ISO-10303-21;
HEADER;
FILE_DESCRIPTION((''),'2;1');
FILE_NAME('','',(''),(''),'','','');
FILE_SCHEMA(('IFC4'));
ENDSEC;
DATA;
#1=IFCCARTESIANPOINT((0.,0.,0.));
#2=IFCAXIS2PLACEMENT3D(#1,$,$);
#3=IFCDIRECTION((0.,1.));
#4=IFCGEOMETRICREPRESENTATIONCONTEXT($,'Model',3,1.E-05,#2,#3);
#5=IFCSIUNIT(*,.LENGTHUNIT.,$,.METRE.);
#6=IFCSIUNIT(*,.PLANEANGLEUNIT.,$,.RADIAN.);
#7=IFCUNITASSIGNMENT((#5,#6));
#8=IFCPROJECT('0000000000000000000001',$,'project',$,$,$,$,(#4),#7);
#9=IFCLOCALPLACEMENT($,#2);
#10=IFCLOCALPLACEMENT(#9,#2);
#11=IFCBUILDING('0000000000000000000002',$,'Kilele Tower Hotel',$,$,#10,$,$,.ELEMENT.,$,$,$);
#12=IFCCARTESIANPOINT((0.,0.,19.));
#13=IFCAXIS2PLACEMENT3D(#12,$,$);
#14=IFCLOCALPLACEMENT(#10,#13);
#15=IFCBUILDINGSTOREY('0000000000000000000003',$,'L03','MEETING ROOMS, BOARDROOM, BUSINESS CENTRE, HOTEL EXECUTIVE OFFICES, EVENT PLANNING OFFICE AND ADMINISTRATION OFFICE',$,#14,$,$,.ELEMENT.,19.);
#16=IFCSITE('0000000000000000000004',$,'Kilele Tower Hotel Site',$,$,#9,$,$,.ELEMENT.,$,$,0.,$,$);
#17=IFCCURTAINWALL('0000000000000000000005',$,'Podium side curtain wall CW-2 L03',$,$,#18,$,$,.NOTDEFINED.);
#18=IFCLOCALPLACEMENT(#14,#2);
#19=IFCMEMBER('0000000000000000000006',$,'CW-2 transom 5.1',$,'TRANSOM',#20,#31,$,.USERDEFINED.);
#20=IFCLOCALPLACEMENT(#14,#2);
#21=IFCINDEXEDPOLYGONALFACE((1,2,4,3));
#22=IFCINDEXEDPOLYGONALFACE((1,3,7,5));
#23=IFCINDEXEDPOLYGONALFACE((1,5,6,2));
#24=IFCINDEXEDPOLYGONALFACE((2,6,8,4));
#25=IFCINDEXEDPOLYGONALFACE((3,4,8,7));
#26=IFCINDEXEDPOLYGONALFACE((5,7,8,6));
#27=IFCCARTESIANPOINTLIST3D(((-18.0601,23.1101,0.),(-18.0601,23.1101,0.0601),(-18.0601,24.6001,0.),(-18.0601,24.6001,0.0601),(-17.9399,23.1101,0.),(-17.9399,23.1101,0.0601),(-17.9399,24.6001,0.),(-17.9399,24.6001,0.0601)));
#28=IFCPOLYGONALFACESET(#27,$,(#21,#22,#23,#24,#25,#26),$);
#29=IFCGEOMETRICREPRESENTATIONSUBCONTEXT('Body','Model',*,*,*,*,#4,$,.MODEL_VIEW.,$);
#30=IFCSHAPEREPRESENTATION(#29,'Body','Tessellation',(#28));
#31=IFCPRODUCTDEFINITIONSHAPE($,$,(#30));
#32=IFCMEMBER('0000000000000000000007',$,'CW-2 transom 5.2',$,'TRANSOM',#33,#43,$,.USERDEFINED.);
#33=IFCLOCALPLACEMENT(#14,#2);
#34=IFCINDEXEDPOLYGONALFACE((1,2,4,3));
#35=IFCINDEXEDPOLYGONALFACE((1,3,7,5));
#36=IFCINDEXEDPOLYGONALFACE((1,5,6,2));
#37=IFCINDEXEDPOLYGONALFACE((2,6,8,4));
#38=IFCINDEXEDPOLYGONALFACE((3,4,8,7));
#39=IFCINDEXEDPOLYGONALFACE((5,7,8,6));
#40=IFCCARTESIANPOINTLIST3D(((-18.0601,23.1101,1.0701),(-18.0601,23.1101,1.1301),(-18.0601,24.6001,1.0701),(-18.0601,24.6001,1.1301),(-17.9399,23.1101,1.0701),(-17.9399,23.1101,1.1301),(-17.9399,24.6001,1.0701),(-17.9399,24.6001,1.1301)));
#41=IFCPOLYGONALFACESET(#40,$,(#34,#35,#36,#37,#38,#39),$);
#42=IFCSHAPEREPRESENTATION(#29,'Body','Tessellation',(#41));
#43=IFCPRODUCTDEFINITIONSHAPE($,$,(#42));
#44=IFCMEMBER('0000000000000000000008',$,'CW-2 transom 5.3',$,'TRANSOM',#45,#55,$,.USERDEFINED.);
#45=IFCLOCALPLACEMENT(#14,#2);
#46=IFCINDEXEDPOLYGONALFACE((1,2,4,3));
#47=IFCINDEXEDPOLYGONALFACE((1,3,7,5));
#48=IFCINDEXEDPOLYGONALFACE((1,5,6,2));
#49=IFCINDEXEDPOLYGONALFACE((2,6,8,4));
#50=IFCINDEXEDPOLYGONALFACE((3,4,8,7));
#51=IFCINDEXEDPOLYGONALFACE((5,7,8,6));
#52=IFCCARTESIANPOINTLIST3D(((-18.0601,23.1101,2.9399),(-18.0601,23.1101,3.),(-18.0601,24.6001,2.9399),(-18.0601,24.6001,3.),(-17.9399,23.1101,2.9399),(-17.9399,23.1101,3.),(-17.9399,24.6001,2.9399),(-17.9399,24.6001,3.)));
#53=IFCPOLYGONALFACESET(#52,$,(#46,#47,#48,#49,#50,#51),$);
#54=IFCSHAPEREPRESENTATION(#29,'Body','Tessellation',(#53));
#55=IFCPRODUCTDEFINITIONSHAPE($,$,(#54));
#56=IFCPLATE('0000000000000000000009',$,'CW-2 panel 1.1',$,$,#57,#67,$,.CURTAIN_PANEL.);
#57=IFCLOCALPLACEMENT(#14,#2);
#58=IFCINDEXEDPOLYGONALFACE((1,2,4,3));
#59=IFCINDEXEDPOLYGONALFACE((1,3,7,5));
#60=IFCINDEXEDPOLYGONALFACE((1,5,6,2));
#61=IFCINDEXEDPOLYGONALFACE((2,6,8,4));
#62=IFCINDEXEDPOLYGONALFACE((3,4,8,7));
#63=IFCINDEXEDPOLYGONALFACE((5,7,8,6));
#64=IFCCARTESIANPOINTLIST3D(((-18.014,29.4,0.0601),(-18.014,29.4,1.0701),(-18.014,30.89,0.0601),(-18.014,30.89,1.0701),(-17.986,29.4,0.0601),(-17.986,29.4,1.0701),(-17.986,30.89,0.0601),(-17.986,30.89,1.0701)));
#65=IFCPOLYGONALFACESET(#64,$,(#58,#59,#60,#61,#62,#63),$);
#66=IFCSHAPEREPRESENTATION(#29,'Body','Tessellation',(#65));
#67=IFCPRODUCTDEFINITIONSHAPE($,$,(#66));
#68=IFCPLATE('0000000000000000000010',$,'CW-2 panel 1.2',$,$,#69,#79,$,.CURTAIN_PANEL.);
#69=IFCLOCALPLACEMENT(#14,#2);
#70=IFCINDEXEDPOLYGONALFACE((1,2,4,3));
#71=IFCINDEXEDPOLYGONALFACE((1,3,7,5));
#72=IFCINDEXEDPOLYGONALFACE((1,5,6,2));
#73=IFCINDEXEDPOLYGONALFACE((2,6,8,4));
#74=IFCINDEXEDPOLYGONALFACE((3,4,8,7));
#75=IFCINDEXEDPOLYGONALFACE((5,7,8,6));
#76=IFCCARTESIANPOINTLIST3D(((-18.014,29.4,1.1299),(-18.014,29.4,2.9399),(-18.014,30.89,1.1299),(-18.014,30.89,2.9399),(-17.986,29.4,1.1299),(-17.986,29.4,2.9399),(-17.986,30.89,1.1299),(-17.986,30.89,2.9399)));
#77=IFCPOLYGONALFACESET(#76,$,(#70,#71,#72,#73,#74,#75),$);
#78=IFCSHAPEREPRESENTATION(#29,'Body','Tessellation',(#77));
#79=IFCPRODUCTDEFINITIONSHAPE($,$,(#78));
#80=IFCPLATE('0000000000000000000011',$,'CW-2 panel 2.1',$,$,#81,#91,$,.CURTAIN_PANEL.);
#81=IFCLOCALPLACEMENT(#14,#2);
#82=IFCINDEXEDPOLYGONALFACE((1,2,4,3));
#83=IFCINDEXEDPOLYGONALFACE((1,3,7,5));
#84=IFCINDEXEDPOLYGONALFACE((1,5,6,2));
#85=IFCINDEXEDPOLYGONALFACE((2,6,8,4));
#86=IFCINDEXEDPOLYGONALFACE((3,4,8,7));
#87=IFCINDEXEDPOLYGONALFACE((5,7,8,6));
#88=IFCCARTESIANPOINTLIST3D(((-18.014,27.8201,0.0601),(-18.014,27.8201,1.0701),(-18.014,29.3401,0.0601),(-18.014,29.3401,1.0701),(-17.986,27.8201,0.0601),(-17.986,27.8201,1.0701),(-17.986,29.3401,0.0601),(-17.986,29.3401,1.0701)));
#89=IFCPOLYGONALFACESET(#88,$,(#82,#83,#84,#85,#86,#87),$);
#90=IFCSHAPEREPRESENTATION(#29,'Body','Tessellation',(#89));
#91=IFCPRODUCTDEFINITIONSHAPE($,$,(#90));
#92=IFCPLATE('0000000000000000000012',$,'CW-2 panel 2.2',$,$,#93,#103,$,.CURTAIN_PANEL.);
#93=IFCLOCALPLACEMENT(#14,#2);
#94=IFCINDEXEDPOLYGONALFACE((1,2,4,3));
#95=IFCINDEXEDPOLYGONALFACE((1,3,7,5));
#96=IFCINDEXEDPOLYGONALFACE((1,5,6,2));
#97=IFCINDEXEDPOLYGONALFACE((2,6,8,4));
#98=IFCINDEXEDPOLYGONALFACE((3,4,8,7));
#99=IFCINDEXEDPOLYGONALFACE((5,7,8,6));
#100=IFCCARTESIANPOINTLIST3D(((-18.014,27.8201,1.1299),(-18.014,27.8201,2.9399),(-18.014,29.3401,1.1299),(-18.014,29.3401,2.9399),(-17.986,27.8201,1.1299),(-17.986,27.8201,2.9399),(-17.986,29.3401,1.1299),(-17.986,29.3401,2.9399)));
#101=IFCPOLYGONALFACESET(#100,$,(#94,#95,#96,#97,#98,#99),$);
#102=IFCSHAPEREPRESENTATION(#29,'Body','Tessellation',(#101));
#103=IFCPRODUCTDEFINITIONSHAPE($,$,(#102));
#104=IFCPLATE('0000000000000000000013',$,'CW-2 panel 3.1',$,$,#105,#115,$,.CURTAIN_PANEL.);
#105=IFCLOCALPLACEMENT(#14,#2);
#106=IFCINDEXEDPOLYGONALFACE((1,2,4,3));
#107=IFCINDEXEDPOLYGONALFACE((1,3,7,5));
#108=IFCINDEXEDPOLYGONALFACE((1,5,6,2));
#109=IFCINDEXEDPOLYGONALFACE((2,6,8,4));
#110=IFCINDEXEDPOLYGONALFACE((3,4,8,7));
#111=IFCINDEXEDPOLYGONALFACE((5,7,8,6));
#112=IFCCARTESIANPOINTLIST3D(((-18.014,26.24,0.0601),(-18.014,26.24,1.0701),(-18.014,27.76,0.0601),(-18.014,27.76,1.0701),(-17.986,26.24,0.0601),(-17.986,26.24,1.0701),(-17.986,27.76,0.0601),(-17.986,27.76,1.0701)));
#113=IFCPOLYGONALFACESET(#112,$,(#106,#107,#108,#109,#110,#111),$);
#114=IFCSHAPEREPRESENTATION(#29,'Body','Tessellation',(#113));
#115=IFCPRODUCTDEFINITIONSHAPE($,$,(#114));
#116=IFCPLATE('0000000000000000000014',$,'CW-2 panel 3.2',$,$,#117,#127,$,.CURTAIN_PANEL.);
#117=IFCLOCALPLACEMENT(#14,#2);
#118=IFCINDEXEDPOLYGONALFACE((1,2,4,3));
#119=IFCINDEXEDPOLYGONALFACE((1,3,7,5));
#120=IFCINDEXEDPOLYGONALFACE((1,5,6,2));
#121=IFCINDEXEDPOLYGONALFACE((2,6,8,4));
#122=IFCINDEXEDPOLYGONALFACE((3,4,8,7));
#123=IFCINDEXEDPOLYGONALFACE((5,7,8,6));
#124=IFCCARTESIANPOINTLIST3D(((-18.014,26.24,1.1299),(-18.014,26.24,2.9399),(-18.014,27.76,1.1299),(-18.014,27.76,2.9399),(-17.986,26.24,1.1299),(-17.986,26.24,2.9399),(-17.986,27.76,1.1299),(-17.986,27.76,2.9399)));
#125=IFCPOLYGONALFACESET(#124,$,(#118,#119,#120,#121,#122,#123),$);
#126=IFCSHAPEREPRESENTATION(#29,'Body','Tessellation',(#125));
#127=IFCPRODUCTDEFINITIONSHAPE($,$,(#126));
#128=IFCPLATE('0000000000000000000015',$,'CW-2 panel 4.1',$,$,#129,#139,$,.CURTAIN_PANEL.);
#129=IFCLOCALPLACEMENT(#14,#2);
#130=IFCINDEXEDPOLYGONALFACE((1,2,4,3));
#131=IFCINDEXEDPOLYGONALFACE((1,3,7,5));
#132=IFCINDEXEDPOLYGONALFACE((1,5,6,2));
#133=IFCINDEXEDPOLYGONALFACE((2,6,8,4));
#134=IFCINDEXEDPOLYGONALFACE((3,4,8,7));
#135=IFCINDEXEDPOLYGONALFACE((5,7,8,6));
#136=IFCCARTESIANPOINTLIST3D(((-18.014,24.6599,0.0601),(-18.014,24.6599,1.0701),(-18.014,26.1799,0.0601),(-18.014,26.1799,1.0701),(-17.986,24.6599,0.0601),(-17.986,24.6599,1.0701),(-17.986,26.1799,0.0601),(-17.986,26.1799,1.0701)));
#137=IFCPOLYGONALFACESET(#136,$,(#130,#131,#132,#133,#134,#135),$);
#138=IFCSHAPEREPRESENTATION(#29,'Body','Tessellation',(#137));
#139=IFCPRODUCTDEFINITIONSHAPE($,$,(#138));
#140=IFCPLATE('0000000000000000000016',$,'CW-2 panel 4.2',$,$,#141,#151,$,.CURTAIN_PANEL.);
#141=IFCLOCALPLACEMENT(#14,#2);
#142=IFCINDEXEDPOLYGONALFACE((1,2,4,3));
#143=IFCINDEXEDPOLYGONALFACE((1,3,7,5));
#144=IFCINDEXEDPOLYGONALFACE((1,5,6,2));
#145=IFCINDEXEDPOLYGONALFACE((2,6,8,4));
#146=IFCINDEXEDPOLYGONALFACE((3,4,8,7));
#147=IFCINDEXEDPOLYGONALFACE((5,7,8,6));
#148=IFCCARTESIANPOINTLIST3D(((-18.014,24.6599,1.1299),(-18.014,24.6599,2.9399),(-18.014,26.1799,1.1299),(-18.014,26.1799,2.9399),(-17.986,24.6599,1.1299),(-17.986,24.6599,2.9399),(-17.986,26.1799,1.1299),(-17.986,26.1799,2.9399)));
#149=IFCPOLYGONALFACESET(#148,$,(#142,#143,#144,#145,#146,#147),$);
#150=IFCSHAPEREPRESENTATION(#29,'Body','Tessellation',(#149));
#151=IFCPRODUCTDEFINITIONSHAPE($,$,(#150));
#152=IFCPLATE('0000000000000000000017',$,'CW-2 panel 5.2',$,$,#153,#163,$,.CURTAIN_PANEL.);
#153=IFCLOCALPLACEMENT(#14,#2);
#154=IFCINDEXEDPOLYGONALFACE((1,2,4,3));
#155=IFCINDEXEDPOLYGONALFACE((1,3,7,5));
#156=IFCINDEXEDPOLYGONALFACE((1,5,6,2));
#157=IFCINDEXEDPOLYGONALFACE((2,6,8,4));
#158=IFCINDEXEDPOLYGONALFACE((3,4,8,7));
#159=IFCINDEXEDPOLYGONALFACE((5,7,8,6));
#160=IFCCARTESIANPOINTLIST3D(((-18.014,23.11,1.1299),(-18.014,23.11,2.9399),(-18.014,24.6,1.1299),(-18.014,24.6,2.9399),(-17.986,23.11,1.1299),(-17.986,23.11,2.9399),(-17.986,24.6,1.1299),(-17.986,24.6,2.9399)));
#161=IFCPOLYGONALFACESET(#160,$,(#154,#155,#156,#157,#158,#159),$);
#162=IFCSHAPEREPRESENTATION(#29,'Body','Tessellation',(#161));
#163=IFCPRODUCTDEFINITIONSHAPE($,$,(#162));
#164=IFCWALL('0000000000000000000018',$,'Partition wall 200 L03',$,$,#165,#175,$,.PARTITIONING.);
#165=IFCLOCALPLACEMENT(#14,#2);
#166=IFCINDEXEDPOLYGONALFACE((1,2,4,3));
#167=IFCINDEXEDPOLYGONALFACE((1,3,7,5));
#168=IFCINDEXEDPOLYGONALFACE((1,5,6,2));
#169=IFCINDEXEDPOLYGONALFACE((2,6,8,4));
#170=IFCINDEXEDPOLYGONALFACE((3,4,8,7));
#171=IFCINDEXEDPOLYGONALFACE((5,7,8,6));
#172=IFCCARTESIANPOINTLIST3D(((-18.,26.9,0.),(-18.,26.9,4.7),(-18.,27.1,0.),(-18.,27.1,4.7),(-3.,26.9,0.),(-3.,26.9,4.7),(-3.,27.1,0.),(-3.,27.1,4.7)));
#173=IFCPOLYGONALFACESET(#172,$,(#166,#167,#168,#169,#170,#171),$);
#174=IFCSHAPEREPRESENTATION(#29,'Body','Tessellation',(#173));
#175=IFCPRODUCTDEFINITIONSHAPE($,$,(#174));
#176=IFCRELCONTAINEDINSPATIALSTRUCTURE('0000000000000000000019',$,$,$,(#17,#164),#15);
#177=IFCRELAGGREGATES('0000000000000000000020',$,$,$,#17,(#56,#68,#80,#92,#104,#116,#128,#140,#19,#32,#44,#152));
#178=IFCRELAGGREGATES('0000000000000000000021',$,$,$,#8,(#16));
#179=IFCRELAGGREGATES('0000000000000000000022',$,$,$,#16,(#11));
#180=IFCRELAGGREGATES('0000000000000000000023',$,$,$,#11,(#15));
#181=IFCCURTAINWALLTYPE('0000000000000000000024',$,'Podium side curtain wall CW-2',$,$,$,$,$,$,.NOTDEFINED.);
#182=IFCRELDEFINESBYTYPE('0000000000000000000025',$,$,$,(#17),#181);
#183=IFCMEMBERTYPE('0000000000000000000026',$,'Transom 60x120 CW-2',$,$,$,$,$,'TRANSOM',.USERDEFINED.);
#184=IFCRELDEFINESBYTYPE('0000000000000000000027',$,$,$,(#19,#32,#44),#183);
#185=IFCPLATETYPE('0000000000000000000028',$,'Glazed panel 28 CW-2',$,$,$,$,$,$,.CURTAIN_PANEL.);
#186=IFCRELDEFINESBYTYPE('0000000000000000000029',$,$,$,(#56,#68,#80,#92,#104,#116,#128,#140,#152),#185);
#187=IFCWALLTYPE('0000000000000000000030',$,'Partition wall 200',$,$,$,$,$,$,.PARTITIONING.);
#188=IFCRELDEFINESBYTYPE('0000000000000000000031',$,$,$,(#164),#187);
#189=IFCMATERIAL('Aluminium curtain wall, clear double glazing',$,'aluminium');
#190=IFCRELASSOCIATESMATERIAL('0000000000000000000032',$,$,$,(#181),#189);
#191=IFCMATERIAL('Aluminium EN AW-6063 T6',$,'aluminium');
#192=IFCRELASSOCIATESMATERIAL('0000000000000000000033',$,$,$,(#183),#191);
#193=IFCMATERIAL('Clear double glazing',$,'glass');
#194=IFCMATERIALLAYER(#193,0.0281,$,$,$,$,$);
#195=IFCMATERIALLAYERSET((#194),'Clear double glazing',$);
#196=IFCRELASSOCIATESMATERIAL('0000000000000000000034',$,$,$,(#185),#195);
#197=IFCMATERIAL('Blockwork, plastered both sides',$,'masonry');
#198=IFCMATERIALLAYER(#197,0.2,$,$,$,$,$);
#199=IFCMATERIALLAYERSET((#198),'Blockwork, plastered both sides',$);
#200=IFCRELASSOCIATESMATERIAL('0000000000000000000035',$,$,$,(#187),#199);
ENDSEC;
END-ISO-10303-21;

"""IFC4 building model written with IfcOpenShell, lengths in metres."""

from ifc_helpers import new_model, si_unit, direction, frame, frame_2d, origin, origin_2d, place, context, subcontext, project, spatial, rectangle, extrude, material, layer, layer_set, material_profile, profile_set, type_object, element, aggregate, save


model = new_model("IFC4")

# Units and contexts
model_context = context("Model", 3, precision=1e-05, world=origin(), true_north=direction((0.0, 1.0)))
body_context = subcontext(model_context, "Body", "Model", "MODEL_VIEW")
ifc_project = project(units=[si_unit("LENGTHUNIT", "METRE"), si_unit("PLANEANGLEUNIT", "RADIAN")], contexts=[model_context])

# Site, building, storey
site_placement = place(None, origin())
site = spatial("IfcSite", under=ifc_project, at=site_placement, Name="Kilele Tower Hotel Site", CompositionType="ELEMENT", RefElevation=0.0)
building_placement = place(site_placement, origin())
building = spatial("IfcBuilding", under=site, at=building_placement, Name="Kilele Tower Hotel", CompositionType="ELEMENT")
storey_placement = place(building_placement, frame((0.0, 0.0, 19.0)))
storey = spatial("IfcBuildingStorey", under=building, at=storey_placement, Name="L03", Description="MEETING ROOMS, BOARDROOM, BUSINESS CENTRE, HOTEL EXECUTIVE OFFICES, EVENT PLANNING OFFICE AND ADMINISTRATION OFFICE", CompositionType="ELEMENT", Elevation=19.0)

# Curtain wall, members, plates
ifc_material_1 = material(Name="Aluminium curtain wall, clear double glazing", Category="aluminium")
curtain_wall_type = type_object("IfcCurtainWallType", Name="Podium side curtain wall CW-2", PredefinedType="NOTDEFINED", material=ifc_material_1)
curtain_wall_placement = place(storey_placement, origin())
curtain_wall = element("IfcCurtainWall", 1, at=curtain_wall_placement, inside=storey, type_object=curtain_wall_type, Name="Podium side curtain wall CW-2 L03", PredefinedType="NOTDEFINED")
ifc_material_2 = material(Name="Aluminium EN AW-6063 T6", Category="aluminium")
ifc_material_profile_1 = material_profile(ifc_material_2, rectangle(XDim=0.1201, YDim=0.0601, at=origin_2d()))
ifc_profile_set_1 = profile_set([ifc_material_profile_1], Name="Aluminium EN AW-6063 T6")
member_type_1 = type_object("IfcMemberType", Name="Transom 60x120 CW-2", ElementType="TRANSOM", PredefinedType="USERDEFINED", material=ifc_profile_set_1)
member_1_placement = place(storey_placement, frame((-18.0, 24.6001, 0.03), z_axis=(0.0, -1.0, 0.0), x_axis=(1.0, 0.0, 0.0)))
member_1 = element("IfcMember", 2, at=member_1_placement, type_object=member_type_1, Name="CW-2 transom 5.1", ObjectType="TRANSOM", PredefinedType="USERDEFINED", context=body_context, shape_type="SweptSolid", body=[
    extrude(rectangle(XDim=0.1201, YDim=0.0601, at=origin_2d()), origin(), (0.0, 0.0, 1.0), 1.49),
])
member_2_placement = place(storey_placement, frame((-18.0, 24.6001, 1.1001), z_axis=(0.0, -1.0, 0.0), x_axis=(1.0, 0.0, 0.0)))
member_2 = element("IfcMember", 3, at=member_2_placement, type_object=member_type_1, Name="CW-2 transom 5.2", ObjectType="TRANSOM", PredefinedType="USERDEFINED", context=body_context, shape_type="SweptSolid", body=[
    extrude(rectangle(XDim=0.1201, YDim=0.0601, at=origin_2d()), origin(), (0.0, 0.0, 1.0), 1.49),
])
member_3_placement = place(storey_placement, frame((-18.0, 24.6001, 2.97), z_axis=(0.0, -1.0, 0.0), x_axis=(1.0, 0.0, 0.0)))
member_3 = element("IfcMember", 4, at=member_3_placement, type_object=member_type_1, Name="CW-2 transom 5.3", ObjectType="TRANSOM", PredefinedType="USERDEFINED", context=body_context, shape_type="SweptSolid", body=[
    extrude(rectangle(XDim=0.1201, YDim=0.0601, at=origin_2d()), origin(), (0.0, 0.0, 1.0), 1.49),
])
ifc_material_3 = material(Name="Clear double glazing", Category="glass")
ifc_layer_1 = layer(ifc_material_3, 0.0281)
ifc_layer_set_1 = layer_set([ifc_layer_1], Name="Clear double glazing")
plate_type = type_object("IfcPlateType", Name="Glazed panel 28 CW-2", PredefinedType="CURTAIN_PANEL", material=ifc_layer_set_1)
plate_1_placement = place(storey_placement, frame((-18.0, 30.145, 0.0601), z_axis=(0.0, 0.0, 1.0), x_axis=(0.0, -1.0, 0.0)))
plate_1 = element("IfcPlate", 5, at=plate_1_placement, type_object=plate_type, Name="CW-2 panel 1.1", PredefinedType="CURTAIN_PANEL", context=body_context, shape_type="SweptSolid", body=[
    extrude(rectangle(XDim=1.49, YDim=0.0281, at=origin_2d()), origin(), (0.0, 0.0, 1.0), 1.01),
])
plate_2_placement = place(storey_placement, frame((-18.0, 30.145, 1.1299), z_axis=(0.0, 0.0, 1.0), x_axis=(0.0, -1.0, 0.0)))
plate_2 = element("IfcPlate", 6, at=plate_2_placement, type_object=plate_type, Name="CW-2 panel 1.2", PredefinedType="CURTAIN_PANEL", context=body_context, shape_type="SweptSolid", body=[
    extrude(rectangle(XDim=1.49, YDim=0.0281, at=origin_2d()), origin(), (0.0, 0.0, 1.0), 1.8101),
])
plate_3_placement = place(storey_placement, frame((-18.0, 28.5801, 0.0601), z_axis=(0.0, 0.0, 1.0), x_axis=(0.0, -1.0, 0.0)))
plate_3 = element("IfcPlate", 7, at=plate_3_placement, type_object=plate_type, Name="CW-2 panel 2.1", PredefinedType="CURTAIN_PANEL", context=body_context, shape_type="SweptSolid", body=[
    extrude(rectangle(XDim=1.52, YDim=0.0281, at=origin_2d()), origin(), (0.0, 0.0, 1.0), 1.01),
])
plate_4_placement = place(storey_placement, frame((-18.0, 28.5801, 1.1299), z_axis=(0.0, 0.0, 1.0), x_axis=(0.0, -1.0, 0.0)))
plate_4 = element("IfcPlate", 8, at=plate_4_placement, type_object=plate_type, Name="CW-2 panel 2.2", PredefinedType="CURTAIN_PANEL", context=body_context, shape_type="SweptSolid", body=[
    extrude(rectangle(XDim=1.52, YDim=0.0281, at=origin_2d()), origin(), (0.0, 0.0, 1.0), 1.8101),
])
plate_5_placement = place(storey_placement, frame((-18.0, 27.0, 0.0601), z_axis=(0.0, 0.0, 1.0), x_axis=(0.0, -1.0, 0.0)))
plate_5 = element("IfcPlate", 9, at=plate_5_placement, type_object=plate_type, Name="CW-2 panel 3.1", PredefinedType="CURTAIN_PANEL", context=body_context, shape_type="SweptSolid", body=[
    extrude(rectangle(XDim=1.52, YDim=0.0281, at=origin_2d()), origin(), (0.0, 0.0, 1.0), 1.01),
])
plate_6_placement = place(storey_placement, frame((-18.0, 27.0, 1.1299), z_axis=(0.0, 0.0, 1.0), x_axis=(0.0, -1.0, 0.0)))
plate_6 = element("IfcPlate", 10, at=plate_6_placement, type_object=plate_type, Name="CW-2 panel 3.2", PredefinedType="CURTAIN_PANEL", context=body_context, shape_type="SweptSolid", body=[
    extrude(rectangle(XDim=1.52, YDim=0.0281, at=origin_2d()), origin(), (0.0, 0.0, 1.0), 1.8101),
])
plate_7_placement = place(storey_placement, frame((-18.0, 25.4199, 0.0601), z_axis=(0.0, 0.0, 1.0), x_axis=(0.0, -1.0, 0.0)))
plate_7 = element("IfcPlate", 11, at=plate_7_placement, type_object=plate_type, Name="CW-2 panel 4.1", PredefinedType="CURTAIN_PANEL", context=body_context, shape_type="SweptSolid", body=[
    extrude(rectangle(XDim=1.52, YDim=0.0281, at=origin_2d()), origin(), (0.0, 0.0, 1.0), 1.01),
])
plate_8_placement = place(storey_placement, frame((-18.0, 25.4199, 1.1299), z_axis=(0.0, 0.0, 1.0), x_axis=(0.0, -1.0, 0.0)))
plate_8 = element("IfcPlate", 12, at=plate_8_placement, type_object=plate_type, Name="CW-2 panel 4.2", PredefinedType="CURTAIN_PANEL", context=body_context, shape_type="SweptSolid", body=[
    extrude(rectangle(XDim=1.52, YDim=0.0281, at=origin_2d()), origin(), (0.0, 0.0, 1.0), 1.8101),
])
plate_9_placement = place(storey_placement, frame((-18.0, 23.855, 1.1299), z_axis=(0.0, 0.0, 1.0), x_axis=(0.0, -1.0, 0.0)))
plate_9 = element("IfcPlate", 13, at=plate_9_placement, type_object=plate_type, Name="CW-2 panel 5.2", PredefinedType="CURTAIN_PANEL", context=body_context, shape_type="SweptSolid", body=[
    extrude(rectangle(XDim=1.49, YDim=0.0281, at=origin_2d()), origin(), (0.0, 0.0, 1.0), 1.8101),
])
aggregate(curtain_wall, [plate_1, plate_2, plate_3, plate_4, plate_5, plate_6, plate_7, plate_8, member_1, member_2, member_3, plate_9])

# Wall
ifc_material_4 = material(Name="Blockwork, plastered both sides", Category="masonry")
ifc_layer_2 = layer(ifc_material_4, 0.2)
ifc_layer_set_2 = layer_set([ifc_layer_2], Name="Blockwork, plastered both sides")
wall_type = type_object("IfcWallType", Name="Partition wall 200", PredefinedType="PARTITIONING", material=ifc_layer_set_2)
wall_placement = place(storey_placement, frame((-18.0, 27.0, 0.0), z_axis=(0.0, 0.0, 1.0), x_axis=(1.0, 0.0, 0.0)))
element("IfcWall", 14, at=wall_placement, inside=storey, type_object=wall_type, Name="Partition wall 200 L03", PredefinedType="PARTITIONING", context=body_context, shape_type="SweptSolid", body=[
    extrude(rectangle(XDim=15.0, YDim=0.2, at=frame_2d((7.5, 0.0))), origin(), (0.0, 0.0, 1.0), 4.7),
])

save(model, "model.ifc")
